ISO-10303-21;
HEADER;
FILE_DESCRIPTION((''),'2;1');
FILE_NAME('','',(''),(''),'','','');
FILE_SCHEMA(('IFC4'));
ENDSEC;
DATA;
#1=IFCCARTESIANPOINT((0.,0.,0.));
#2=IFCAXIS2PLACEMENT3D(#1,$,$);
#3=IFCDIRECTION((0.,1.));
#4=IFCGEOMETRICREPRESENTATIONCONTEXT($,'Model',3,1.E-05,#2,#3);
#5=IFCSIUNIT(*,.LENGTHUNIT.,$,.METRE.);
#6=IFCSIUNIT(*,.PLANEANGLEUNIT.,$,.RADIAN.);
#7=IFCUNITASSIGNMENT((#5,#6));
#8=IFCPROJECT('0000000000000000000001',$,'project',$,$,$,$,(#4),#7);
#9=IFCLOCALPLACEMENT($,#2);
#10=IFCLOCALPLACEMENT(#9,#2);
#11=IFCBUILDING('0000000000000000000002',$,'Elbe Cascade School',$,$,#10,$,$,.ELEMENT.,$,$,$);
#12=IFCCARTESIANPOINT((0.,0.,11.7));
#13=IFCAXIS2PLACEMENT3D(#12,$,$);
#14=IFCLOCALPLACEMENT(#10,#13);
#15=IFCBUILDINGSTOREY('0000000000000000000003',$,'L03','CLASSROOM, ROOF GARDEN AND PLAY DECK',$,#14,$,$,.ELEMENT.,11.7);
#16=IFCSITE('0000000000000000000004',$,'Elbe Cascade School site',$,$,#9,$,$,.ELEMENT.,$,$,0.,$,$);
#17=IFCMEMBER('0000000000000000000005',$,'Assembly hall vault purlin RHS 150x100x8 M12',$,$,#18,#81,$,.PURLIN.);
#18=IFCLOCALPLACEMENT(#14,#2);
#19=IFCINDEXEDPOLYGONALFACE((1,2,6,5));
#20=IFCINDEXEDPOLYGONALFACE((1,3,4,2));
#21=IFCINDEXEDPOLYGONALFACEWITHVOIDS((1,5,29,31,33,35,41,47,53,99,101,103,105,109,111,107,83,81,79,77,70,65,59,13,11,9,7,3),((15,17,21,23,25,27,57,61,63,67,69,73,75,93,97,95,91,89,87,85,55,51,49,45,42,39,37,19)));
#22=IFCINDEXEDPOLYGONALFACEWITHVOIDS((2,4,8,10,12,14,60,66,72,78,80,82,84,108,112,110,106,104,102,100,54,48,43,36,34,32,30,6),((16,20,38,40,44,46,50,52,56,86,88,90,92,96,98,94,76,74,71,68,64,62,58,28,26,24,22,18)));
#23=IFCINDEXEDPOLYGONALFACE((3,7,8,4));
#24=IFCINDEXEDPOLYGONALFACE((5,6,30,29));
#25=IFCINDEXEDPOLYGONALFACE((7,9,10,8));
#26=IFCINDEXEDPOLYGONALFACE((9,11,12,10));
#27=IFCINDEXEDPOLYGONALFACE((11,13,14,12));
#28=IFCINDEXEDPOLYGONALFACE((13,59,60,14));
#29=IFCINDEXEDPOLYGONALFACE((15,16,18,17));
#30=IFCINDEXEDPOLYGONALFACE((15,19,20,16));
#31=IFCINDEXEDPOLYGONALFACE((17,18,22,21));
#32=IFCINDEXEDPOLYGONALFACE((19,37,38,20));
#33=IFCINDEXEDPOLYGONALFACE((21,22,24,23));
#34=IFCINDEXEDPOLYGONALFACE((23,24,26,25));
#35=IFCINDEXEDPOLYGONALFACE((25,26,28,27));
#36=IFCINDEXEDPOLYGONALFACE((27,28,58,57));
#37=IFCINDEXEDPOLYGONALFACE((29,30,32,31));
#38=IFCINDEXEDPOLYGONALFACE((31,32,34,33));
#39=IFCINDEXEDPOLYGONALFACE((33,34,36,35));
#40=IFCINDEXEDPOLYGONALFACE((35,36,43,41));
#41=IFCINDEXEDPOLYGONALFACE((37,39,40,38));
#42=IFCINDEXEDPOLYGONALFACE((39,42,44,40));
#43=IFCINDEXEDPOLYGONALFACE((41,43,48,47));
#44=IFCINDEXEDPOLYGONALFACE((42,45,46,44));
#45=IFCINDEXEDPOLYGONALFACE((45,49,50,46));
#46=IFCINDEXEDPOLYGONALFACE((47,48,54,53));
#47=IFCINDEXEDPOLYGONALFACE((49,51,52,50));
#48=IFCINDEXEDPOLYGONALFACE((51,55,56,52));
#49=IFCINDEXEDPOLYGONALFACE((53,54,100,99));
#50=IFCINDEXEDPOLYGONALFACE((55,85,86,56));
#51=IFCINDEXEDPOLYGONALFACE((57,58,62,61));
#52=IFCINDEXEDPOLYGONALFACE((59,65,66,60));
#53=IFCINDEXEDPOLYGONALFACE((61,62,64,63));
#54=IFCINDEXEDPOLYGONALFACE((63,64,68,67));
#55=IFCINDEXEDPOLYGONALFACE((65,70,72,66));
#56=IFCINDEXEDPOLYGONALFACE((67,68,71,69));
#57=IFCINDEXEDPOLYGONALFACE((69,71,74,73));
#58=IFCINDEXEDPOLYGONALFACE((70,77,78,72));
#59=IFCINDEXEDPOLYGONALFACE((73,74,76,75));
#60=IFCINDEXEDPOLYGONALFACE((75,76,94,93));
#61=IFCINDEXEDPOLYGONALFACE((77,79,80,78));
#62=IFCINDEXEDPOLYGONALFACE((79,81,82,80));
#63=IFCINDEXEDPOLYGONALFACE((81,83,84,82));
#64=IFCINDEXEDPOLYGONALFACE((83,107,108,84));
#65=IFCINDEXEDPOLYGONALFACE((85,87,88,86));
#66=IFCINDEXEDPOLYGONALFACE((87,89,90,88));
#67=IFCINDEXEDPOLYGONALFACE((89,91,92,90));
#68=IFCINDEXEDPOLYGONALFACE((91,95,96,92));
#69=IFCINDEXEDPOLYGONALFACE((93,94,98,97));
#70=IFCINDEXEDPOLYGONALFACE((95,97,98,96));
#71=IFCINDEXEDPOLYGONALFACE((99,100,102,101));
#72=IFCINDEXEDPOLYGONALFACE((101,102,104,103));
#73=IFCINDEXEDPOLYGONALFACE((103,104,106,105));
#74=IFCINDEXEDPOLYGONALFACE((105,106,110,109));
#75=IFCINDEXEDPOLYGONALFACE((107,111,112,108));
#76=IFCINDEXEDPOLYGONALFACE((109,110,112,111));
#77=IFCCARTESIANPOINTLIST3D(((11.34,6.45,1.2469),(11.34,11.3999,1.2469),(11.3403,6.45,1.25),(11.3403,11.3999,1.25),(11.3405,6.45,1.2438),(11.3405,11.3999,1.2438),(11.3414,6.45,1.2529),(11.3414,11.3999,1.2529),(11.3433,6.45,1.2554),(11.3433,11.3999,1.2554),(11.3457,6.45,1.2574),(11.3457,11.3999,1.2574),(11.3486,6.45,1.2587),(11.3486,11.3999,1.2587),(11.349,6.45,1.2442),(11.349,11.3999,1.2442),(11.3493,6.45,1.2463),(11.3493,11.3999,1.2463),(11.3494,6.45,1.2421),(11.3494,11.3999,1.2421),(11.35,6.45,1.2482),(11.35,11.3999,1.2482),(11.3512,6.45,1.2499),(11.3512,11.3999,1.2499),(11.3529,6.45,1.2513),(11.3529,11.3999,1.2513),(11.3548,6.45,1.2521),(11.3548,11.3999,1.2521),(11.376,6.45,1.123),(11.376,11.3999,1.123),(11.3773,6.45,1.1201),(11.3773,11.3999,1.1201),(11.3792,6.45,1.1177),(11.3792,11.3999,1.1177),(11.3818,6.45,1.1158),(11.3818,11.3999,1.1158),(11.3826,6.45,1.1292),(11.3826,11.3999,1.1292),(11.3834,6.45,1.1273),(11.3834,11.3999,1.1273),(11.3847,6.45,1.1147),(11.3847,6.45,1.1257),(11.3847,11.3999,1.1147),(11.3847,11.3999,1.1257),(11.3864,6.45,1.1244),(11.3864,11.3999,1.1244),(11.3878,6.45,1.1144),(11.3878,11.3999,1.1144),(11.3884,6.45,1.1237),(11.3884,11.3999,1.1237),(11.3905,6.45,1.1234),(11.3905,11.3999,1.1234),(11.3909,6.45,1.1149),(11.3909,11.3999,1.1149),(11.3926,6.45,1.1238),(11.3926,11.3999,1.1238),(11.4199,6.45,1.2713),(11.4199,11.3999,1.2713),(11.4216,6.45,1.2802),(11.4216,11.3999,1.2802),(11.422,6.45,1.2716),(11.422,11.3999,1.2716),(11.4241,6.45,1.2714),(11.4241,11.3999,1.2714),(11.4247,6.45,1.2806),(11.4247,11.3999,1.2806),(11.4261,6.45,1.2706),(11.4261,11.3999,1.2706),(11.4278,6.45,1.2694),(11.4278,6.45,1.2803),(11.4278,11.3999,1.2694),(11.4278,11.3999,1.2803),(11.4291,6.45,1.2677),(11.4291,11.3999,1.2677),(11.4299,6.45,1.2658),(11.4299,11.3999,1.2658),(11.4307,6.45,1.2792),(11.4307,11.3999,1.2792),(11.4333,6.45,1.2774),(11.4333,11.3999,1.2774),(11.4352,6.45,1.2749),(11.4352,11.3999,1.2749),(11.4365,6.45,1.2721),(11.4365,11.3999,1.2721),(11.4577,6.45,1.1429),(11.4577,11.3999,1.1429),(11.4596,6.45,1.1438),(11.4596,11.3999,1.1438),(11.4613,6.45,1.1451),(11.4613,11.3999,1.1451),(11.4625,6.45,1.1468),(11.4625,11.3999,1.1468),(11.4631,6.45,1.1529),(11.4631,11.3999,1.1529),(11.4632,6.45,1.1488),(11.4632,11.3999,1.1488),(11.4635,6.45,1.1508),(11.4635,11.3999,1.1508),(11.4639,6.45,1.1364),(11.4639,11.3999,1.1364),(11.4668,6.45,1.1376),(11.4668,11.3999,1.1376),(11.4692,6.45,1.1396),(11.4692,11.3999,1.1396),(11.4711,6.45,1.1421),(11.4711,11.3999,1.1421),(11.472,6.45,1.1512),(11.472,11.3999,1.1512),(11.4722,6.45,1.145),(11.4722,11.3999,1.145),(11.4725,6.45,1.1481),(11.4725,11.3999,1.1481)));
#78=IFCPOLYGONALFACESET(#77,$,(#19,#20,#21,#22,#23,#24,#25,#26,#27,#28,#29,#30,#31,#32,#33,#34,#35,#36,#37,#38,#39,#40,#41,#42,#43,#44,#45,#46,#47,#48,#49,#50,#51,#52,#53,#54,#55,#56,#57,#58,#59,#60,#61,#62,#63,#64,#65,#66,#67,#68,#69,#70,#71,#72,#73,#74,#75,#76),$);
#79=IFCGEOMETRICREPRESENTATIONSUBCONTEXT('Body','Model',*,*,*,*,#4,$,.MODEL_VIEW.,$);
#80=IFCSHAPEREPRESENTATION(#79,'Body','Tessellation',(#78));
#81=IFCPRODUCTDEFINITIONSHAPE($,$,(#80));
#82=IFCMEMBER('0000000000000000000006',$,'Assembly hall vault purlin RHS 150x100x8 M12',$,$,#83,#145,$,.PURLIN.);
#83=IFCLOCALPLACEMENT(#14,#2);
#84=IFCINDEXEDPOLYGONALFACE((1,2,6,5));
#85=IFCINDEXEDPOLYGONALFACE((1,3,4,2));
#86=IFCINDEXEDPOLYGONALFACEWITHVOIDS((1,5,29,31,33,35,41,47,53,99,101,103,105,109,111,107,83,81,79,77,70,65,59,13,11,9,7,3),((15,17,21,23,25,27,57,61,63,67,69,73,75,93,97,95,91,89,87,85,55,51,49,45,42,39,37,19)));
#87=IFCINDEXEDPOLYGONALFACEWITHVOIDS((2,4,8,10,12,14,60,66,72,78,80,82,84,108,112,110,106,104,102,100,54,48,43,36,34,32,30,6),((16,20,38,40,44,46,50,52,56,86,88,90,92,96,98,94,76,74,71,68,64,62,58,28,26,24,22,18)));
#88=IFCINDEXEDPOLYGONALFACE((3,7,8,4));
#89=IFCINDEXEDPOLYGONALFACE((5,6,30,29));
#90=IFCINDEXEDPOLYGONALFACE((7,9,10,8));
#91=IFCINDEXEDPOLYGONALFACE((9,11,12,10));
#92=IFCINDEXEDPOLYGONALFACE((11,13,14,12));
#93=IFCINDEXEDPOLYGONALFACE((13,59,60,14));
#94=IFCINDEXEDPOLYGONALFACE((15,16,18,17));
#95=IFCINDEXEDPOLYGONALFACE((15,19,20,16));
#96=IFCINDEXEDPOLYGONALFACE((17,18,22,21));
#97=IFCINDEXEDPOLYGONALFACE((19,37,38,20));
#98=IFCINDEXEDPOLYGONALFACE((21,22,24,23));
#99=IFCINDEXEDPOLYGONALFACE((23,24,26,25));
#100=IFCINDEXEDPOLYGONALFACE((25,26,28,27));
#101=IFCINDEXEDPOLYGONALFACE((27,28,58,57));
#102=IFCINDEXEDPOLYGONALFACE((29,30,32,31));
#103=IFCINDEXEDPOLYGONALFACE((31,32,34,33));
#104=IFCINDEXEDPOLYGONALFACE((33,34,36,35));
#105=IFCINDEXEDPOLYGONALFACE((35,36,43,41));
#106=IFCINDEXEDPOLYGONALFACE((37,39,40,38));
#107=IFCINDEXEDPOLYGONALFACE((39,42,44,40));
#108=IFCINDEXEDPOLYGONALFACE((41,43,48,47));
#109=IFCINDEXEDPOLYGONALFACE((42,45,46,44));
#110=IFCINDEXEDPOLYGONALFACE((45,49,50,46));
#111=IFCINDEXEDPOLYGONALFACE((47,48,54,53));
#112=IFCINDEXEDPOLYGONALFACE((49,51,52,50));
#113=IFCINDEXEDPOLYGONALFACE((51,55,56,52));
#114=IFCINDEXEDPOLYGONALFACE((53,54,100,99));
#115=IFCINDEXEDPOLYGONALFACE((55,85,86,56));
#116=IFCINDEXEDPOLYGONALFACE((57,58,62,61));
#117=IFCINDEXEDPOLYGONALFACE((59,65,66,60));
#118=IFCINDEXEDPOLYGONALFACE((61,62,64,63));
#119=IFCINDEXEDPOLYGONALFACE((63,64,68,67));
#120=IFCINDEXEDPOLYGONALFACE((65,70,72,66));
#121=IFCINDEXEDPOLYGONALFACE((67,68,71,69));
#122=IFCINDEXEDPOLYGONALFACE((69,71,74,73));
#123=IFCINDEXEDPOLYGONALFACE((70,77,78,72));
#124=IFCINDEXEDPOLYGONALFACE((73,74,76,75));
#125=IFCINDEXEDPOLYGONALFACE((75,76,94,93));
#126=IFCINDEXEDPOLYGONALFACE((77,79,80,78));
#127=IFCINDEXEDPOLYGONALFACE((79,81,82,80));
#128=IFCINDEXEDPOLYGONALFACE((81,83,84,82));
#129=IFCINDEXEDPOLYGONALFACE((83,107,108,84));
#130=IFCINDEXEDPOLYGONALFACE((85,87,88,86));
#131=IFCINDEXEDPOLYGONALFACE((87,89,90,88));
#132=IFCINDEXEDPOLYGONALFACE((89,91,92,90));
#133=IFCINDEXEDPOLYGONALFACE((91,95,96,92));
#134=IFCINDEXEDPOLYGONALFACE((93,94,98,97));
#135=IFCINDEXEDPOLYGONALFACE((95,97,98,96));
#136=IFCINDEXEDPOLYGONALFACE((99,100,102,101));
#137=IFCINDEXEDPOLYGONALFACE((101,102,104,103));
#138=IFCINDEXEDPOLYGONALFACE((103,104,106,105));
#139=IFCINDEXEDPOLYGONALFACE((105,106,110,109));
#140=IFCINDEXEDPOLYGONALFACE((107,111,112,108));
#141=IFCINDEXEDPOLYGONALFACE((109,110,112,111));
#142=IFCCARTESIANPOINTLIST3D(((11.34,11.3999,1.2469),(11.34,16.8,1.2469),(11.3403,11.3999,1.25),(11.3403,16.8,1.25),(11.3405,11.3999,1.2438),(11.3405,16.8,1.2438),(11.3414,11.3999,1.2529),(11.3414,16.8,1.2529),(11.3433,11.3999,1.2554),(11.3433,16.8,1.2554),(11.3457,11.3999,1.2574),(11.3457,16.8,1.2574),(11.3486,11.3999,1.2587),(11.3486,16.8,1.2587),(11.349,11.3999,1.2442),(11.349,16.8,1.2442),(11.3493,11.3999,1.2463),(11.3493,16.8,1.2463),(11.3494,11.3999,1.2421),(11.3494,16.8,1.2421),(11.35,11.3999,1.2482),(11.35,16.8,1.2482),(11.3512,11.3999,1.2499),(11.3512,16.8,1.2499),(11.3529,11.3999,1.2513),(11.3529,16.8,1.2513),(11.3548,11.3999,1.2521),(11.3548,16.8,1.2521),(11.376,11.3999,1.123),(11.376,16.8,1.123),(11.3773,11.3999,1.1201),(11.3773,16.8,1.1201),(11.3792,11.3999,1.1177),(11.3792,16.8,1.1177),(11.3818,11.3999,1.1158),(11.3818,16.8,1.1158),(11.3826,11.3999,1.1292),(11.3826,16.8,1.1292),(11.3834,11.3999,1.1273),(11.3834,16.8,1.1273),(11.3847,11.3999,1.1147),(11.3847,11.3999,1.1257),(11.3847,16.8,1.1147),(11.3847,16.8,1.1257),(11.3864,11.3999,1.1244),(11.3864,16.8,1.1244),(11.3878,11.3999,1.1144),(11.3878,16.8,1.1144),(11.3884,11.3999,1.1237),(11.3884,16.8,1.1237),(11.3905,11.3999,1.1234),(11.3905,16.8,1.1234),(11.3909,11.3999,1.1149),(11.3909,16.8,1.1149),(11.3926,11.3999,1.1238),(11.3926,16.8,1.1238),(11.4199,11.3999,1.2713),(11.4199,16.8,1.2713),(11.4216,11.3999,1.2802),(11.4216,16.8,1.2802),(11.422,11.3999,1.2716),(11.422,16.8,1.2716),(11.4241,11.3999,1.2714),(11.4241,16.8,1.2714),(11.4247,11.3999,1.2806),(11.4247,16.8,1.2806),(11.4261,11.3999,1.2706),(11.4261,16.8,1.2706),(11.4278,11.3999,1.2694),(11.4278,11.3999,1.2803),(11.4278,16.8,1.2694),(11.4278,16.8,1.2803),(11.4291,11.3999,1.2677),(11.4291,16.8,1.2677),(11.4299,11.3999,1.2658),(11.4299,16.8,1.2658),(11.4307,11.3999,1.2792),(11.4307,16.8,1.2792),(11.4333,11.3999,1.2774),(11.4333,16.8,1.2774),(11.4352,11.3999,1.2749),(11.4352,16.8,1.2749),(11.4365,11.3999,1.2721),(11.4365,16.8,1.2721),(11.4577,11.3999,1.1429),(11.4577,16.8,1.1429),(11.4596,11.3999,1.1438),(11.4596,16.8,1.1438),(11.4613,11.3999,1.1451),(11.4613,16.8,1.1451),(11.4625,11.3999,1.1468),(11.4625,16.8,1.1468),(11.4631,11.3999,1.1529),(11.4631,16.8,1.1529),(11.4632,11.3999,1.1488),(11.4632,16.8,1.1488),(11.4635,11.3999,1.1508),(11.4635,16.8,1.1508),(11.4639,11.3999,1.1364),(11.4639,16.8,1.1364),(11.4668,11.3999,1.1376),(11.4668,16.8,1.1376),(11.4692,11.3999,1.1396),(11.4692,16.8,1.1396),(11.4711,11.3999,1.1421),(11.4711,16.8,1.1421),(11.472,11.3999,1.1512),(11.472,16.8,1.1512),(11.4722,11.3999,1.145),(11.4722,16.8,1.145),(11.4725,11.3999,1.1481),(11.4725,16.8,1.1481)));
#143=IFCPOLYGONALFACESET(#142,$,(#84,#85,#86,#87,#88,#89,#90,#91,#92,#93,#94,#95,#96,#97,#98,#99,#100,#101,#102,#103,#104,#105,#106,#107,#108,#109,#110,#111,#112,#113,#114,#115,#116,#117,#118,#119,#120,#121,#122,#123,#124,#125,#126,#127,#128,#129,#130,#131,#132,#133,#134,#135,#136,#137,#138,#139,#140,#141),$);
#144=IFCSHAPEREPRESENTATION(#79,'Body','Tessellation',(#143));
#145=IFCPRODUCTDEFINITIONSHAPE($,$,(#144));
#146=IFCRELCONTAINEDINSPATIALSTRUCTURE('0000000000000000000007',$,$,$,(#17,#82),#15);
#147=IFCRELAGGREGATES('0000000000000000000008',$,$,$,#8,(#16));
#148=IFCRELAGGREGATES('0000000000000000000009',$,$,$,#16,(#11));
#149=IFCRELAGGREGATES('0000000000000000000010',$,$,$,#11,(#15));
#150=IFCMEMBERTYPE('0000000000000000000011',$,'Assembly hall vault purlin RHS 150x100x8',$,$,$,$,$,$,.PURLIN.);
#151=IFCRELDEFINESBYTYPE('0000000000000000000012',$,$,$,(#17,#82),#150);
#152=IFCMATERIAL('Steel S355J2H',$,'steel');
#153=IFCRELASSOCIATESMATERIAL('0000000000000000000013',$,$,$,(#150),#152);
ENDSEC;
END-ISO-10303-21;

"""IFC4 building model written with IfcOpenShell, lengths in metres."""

from ifc_helpers import new_model, si_unit, direction, frame, origin, origin_2d, place, context, subcontext, project, spatial, hollow_rectangle, extrude, material, material_profile, profile_set, type_object, element, save


model = new_model("IFC4")

# Units and contexts
model_context = context("Model", 3, precision=1e-05, world=origin(), true_north=direction((0.0, 1.0)))
body_context = subcontext(model_context, "Body", "Model", "MODEL_VIEW")
ifc_project = project(units=[si_unit("LENGTHUNIT", "METRE"), si_unit("PLANEANGLEUNIT", "RADIAN")], contexts=[model_context])

# Site, building, storey
site_placement = place(None, origin())
site = spatial("IfcSite", under=ifc_project, at=site_placement, Name="Elbe Cascade School site", CompositionType="ELEMENT", RefElevation=0.0)
building_placement = place(site_placement, origin())
building = spatial("IfcBuilding", under=site, at=building_placement, Name="Elbe Cascade School", CompositionType="ELEMENT")
storey_placement = place(building_placement, frame((0.0, 0.0, 11.7)))
storey = spatial("IfcBuildingStorey", under=building, at=storey_placement, Name="L03", Description="CLASSROOM, ROOF GARDEN AND PLAY DECK", CompositionType="ELEMENT", Elevation=11.7)

# Members
ifc_material_1 = material(Name="Steel S355J2H", Category="steel")
ifc_material_profile_1 = material_profile(ifc_material_1, hollow_rectangle(XDim=0.1001, YDim=0.1499, WallThickness=0.0081, InnerFilletRadius=0.0081, OuterFilletRadius=0.012, at=origin_2d()), Name="RHS 150x100x8")
ifc_profile_set_1 = profile_set([ifc_material_profile_1], Name="Steel S355J2H")
member_type_1 = type_object("IfcMemberType", Name="Assembly hall vault purlin RHS 150x100x8", PredefinedType="PURLIN", material=ifc_profile_set_1)
member_1_placement = place(storey_placement, frame((11.4062, 6.45, 1.1975), z_axis=(0.0, 1.0, 0.0), x_axis=(-0.959321, 0.0, -0.282318)))
element("IfcMember", 1, at=member_1_placement, inside=storey, type_object=member_type_1, Name="Assembly hall vault purlin RHS 150x100x8 M12", PredefinedType="PURLIN", context=body_context, shape_type="SweptSolid", body=[
    extrude(hollow_rectangle(XDim=0.1001, YDim=0.1499, WallThickness=0.0081, InnerFilletRadius=0.0081, OuterFilletRadius=0.012, at=origin_2d()), origin(), (0.0, 0.0, 1.0), 4.95),
])
member_2_placement = place(storey_placement, frame((11.4062, 11.3999, 1.1975), z_axis=(0.0, 1.0, 0.0), x_axis=(-0.959321, 0.0, -0.282318)))
element("IfcMember", 2, at=member_2_placement, inside=storey, type_object=member_type_1, Name="Assembly hall vault purlin RHS 150x100x8 M12", PredefinedType="PURLIN", context=body_context, shape_type="SweptSolid", body=[
    extrude(hollow_rectangle(XDim=0.1001, YDim=0.1499, WallThickness=0.0081, InnerFilletRadius=0.0081, OuterFilletRadius=0.012, at=origin_2d()), origin(), (0.0, 0.0, 1.0), 5.4001),
])

save(model, "model.ifc")
